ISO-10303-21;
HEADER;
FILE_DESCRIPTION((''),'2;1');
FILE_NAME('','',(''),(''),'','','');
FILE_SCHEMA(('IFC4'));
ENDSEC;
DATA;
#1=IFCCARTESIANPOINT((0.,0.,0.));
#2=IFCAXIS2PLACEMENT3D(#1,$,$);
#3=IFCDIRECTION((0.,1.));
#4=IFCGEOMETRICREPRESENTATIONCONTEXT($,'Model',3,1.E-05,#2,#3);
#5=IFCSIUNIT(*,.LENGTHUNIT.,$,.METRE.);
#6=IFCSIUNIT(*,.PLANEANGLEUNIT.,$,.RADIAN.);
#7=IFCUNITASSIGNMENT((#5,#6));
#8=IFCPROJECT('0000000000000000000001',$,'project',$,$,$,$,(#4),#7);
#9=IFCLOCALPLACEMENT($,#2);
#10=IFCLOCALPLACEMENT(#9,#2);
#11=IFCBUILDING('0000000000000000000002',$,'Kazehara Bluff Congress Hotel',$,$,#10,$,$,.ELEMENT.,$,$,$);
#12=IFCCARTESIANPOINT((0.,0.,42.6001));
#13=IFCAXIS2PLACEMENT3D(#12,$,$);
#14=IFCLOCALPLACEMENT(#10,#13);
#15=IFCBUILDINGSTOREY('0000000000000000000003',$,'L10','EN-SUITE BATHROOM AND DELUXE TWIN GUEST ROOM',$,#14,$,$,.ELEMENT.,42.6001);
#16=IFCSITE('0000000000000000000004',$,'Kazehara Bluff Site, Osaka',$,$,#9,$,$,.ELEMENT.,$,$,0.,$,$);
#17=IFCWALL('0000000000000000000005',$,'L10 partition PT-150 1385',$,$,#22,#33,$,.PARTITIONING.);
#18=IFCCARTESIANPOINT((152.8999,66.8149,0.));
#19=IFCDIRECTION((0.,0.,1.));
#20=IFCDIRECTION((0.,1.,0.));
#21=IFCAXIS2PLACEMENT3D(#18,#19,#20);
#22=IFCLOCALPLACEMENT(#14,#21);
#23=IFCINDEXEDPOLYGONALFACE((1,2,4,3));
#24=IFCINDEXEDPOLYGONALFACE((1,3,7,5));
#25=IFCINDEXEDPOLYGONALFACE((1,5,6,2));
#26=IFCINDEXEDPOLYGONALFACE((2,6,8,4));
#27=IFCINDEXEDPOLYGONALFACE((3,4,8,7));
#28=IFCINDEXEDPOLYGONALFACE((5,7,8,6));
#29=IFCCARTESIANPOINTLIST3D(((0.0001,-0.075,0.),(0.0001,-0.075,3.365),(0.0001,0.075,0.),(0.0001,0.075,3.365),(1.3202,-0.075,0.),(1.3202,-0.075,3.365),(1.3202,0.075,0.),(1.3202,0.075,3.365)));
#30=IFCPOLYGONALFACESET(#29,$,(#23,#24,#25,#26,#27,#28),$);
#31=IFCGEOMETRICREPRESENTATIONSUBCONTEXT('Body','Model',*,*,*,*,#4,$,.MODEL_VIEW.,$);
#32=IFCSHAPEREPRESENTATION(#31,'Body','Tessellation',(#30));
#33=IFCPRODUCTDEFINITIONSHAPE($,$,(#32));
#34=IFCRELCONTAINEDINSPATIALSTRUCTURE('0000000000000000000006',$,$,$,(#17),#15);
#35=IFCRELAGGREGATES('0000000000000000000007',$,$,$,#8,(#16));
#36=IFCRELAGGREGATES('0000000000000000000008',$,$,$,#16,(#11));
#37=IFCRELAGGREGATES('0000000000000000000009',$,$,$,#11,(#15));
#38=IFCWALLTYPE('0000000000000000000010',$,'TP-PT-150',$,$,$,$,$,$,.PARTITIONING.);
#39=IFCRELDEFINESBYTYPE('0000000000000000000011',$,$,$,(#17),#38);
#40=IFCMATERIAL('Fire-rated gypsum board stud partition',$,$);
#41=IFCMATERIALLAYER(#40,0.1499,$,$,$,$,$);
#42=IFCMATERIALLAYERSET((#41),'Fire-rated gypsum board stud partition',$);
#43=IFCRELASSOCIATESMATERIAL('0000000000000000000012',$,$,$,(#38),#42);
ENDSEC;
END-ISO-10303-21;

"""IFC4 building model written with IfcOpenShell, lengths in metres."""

from ifc_helpers import new_model, si_unit, direction, frame, frame_2d, origin, place, context, subcontext, project, spatial, rectangle, extrude, material, layer, layer_set, type_object, element, save


model = new_model("IFC4")

# Units and contexts
model_context = context("Model", 3, precision=1e-05, world=origin(), true_north=direction((0.0, 1.0)))
body_context = subcontext(model_context, "Body", "Model", "MODEL_VIEW")
ifc_project = project(units=[si_unit("LENGTHUNIT", "METRE"), si_unit("PLANEANGLEUNIT", "RADIAN")], contexts=[model_context])

# Site, building, storey
site_placement = place(None, origin())
site = spatial("IfcSite", under=ifc_project, at=site_placement, Name="Kazehara Bluff Site, Osaka", CompositionType="ELEMENT", RefElevation=0.0)
building_placement = place(site_placement, origin())
building = spatial("IfcBuilding", under=site, at=building_placement, Name="Kazehara Bluff Congress Hotel", CompositionType="ELEMENT")
storey_placement = place(building_placement, frame((0.0, 0.0, 42.6001)))
storey = spatial("IfcBuildingStorey", under=building, at=storey_placement, Name="L10", Description="EN-SUITE BATHROOM AND DELUXE TWIN GUEST ROOM", CompositionType="ELEMENT", Elevation=42.6001)

# Shared definitions
ifc_material_1 = material(Name="Fire-rated gypsum board stud partition")
ifc_layer = layer(ifc_material_1, 0.1499)
ifc_layer_set = layer_set([ifc_layer], Name="Fire-rated gypsum board stud partition")
wall_type = type_object("IfcWallType", Name="TP-PT-150", PredefinedType="PARTITIONING", material=ifc_layer_set)

# Wall
wall_1_placement = place(storey_placement, frame((152.8999, 66.8149, 0.0), z_axis=(0.0, 0.0, 1.0), x_axis=(0.0, 1.0, 0.0)))
element("IfcWall", 1, at=wall_1_placement, inside=storey, type_object=wall_type, Name="L10 partition PT-150 1385", PredefinedType="PARTITIONING", context=body_context, shape_type="SweptSolid", body=[
    extrude(rectangle(XDim=1.3201, YDim=0.1499, at=frame_2d((0.6602, 0.0))), origin(), (0.0, 0.0, 1.0), 3.365),
])

save(model, "model.ifc")
